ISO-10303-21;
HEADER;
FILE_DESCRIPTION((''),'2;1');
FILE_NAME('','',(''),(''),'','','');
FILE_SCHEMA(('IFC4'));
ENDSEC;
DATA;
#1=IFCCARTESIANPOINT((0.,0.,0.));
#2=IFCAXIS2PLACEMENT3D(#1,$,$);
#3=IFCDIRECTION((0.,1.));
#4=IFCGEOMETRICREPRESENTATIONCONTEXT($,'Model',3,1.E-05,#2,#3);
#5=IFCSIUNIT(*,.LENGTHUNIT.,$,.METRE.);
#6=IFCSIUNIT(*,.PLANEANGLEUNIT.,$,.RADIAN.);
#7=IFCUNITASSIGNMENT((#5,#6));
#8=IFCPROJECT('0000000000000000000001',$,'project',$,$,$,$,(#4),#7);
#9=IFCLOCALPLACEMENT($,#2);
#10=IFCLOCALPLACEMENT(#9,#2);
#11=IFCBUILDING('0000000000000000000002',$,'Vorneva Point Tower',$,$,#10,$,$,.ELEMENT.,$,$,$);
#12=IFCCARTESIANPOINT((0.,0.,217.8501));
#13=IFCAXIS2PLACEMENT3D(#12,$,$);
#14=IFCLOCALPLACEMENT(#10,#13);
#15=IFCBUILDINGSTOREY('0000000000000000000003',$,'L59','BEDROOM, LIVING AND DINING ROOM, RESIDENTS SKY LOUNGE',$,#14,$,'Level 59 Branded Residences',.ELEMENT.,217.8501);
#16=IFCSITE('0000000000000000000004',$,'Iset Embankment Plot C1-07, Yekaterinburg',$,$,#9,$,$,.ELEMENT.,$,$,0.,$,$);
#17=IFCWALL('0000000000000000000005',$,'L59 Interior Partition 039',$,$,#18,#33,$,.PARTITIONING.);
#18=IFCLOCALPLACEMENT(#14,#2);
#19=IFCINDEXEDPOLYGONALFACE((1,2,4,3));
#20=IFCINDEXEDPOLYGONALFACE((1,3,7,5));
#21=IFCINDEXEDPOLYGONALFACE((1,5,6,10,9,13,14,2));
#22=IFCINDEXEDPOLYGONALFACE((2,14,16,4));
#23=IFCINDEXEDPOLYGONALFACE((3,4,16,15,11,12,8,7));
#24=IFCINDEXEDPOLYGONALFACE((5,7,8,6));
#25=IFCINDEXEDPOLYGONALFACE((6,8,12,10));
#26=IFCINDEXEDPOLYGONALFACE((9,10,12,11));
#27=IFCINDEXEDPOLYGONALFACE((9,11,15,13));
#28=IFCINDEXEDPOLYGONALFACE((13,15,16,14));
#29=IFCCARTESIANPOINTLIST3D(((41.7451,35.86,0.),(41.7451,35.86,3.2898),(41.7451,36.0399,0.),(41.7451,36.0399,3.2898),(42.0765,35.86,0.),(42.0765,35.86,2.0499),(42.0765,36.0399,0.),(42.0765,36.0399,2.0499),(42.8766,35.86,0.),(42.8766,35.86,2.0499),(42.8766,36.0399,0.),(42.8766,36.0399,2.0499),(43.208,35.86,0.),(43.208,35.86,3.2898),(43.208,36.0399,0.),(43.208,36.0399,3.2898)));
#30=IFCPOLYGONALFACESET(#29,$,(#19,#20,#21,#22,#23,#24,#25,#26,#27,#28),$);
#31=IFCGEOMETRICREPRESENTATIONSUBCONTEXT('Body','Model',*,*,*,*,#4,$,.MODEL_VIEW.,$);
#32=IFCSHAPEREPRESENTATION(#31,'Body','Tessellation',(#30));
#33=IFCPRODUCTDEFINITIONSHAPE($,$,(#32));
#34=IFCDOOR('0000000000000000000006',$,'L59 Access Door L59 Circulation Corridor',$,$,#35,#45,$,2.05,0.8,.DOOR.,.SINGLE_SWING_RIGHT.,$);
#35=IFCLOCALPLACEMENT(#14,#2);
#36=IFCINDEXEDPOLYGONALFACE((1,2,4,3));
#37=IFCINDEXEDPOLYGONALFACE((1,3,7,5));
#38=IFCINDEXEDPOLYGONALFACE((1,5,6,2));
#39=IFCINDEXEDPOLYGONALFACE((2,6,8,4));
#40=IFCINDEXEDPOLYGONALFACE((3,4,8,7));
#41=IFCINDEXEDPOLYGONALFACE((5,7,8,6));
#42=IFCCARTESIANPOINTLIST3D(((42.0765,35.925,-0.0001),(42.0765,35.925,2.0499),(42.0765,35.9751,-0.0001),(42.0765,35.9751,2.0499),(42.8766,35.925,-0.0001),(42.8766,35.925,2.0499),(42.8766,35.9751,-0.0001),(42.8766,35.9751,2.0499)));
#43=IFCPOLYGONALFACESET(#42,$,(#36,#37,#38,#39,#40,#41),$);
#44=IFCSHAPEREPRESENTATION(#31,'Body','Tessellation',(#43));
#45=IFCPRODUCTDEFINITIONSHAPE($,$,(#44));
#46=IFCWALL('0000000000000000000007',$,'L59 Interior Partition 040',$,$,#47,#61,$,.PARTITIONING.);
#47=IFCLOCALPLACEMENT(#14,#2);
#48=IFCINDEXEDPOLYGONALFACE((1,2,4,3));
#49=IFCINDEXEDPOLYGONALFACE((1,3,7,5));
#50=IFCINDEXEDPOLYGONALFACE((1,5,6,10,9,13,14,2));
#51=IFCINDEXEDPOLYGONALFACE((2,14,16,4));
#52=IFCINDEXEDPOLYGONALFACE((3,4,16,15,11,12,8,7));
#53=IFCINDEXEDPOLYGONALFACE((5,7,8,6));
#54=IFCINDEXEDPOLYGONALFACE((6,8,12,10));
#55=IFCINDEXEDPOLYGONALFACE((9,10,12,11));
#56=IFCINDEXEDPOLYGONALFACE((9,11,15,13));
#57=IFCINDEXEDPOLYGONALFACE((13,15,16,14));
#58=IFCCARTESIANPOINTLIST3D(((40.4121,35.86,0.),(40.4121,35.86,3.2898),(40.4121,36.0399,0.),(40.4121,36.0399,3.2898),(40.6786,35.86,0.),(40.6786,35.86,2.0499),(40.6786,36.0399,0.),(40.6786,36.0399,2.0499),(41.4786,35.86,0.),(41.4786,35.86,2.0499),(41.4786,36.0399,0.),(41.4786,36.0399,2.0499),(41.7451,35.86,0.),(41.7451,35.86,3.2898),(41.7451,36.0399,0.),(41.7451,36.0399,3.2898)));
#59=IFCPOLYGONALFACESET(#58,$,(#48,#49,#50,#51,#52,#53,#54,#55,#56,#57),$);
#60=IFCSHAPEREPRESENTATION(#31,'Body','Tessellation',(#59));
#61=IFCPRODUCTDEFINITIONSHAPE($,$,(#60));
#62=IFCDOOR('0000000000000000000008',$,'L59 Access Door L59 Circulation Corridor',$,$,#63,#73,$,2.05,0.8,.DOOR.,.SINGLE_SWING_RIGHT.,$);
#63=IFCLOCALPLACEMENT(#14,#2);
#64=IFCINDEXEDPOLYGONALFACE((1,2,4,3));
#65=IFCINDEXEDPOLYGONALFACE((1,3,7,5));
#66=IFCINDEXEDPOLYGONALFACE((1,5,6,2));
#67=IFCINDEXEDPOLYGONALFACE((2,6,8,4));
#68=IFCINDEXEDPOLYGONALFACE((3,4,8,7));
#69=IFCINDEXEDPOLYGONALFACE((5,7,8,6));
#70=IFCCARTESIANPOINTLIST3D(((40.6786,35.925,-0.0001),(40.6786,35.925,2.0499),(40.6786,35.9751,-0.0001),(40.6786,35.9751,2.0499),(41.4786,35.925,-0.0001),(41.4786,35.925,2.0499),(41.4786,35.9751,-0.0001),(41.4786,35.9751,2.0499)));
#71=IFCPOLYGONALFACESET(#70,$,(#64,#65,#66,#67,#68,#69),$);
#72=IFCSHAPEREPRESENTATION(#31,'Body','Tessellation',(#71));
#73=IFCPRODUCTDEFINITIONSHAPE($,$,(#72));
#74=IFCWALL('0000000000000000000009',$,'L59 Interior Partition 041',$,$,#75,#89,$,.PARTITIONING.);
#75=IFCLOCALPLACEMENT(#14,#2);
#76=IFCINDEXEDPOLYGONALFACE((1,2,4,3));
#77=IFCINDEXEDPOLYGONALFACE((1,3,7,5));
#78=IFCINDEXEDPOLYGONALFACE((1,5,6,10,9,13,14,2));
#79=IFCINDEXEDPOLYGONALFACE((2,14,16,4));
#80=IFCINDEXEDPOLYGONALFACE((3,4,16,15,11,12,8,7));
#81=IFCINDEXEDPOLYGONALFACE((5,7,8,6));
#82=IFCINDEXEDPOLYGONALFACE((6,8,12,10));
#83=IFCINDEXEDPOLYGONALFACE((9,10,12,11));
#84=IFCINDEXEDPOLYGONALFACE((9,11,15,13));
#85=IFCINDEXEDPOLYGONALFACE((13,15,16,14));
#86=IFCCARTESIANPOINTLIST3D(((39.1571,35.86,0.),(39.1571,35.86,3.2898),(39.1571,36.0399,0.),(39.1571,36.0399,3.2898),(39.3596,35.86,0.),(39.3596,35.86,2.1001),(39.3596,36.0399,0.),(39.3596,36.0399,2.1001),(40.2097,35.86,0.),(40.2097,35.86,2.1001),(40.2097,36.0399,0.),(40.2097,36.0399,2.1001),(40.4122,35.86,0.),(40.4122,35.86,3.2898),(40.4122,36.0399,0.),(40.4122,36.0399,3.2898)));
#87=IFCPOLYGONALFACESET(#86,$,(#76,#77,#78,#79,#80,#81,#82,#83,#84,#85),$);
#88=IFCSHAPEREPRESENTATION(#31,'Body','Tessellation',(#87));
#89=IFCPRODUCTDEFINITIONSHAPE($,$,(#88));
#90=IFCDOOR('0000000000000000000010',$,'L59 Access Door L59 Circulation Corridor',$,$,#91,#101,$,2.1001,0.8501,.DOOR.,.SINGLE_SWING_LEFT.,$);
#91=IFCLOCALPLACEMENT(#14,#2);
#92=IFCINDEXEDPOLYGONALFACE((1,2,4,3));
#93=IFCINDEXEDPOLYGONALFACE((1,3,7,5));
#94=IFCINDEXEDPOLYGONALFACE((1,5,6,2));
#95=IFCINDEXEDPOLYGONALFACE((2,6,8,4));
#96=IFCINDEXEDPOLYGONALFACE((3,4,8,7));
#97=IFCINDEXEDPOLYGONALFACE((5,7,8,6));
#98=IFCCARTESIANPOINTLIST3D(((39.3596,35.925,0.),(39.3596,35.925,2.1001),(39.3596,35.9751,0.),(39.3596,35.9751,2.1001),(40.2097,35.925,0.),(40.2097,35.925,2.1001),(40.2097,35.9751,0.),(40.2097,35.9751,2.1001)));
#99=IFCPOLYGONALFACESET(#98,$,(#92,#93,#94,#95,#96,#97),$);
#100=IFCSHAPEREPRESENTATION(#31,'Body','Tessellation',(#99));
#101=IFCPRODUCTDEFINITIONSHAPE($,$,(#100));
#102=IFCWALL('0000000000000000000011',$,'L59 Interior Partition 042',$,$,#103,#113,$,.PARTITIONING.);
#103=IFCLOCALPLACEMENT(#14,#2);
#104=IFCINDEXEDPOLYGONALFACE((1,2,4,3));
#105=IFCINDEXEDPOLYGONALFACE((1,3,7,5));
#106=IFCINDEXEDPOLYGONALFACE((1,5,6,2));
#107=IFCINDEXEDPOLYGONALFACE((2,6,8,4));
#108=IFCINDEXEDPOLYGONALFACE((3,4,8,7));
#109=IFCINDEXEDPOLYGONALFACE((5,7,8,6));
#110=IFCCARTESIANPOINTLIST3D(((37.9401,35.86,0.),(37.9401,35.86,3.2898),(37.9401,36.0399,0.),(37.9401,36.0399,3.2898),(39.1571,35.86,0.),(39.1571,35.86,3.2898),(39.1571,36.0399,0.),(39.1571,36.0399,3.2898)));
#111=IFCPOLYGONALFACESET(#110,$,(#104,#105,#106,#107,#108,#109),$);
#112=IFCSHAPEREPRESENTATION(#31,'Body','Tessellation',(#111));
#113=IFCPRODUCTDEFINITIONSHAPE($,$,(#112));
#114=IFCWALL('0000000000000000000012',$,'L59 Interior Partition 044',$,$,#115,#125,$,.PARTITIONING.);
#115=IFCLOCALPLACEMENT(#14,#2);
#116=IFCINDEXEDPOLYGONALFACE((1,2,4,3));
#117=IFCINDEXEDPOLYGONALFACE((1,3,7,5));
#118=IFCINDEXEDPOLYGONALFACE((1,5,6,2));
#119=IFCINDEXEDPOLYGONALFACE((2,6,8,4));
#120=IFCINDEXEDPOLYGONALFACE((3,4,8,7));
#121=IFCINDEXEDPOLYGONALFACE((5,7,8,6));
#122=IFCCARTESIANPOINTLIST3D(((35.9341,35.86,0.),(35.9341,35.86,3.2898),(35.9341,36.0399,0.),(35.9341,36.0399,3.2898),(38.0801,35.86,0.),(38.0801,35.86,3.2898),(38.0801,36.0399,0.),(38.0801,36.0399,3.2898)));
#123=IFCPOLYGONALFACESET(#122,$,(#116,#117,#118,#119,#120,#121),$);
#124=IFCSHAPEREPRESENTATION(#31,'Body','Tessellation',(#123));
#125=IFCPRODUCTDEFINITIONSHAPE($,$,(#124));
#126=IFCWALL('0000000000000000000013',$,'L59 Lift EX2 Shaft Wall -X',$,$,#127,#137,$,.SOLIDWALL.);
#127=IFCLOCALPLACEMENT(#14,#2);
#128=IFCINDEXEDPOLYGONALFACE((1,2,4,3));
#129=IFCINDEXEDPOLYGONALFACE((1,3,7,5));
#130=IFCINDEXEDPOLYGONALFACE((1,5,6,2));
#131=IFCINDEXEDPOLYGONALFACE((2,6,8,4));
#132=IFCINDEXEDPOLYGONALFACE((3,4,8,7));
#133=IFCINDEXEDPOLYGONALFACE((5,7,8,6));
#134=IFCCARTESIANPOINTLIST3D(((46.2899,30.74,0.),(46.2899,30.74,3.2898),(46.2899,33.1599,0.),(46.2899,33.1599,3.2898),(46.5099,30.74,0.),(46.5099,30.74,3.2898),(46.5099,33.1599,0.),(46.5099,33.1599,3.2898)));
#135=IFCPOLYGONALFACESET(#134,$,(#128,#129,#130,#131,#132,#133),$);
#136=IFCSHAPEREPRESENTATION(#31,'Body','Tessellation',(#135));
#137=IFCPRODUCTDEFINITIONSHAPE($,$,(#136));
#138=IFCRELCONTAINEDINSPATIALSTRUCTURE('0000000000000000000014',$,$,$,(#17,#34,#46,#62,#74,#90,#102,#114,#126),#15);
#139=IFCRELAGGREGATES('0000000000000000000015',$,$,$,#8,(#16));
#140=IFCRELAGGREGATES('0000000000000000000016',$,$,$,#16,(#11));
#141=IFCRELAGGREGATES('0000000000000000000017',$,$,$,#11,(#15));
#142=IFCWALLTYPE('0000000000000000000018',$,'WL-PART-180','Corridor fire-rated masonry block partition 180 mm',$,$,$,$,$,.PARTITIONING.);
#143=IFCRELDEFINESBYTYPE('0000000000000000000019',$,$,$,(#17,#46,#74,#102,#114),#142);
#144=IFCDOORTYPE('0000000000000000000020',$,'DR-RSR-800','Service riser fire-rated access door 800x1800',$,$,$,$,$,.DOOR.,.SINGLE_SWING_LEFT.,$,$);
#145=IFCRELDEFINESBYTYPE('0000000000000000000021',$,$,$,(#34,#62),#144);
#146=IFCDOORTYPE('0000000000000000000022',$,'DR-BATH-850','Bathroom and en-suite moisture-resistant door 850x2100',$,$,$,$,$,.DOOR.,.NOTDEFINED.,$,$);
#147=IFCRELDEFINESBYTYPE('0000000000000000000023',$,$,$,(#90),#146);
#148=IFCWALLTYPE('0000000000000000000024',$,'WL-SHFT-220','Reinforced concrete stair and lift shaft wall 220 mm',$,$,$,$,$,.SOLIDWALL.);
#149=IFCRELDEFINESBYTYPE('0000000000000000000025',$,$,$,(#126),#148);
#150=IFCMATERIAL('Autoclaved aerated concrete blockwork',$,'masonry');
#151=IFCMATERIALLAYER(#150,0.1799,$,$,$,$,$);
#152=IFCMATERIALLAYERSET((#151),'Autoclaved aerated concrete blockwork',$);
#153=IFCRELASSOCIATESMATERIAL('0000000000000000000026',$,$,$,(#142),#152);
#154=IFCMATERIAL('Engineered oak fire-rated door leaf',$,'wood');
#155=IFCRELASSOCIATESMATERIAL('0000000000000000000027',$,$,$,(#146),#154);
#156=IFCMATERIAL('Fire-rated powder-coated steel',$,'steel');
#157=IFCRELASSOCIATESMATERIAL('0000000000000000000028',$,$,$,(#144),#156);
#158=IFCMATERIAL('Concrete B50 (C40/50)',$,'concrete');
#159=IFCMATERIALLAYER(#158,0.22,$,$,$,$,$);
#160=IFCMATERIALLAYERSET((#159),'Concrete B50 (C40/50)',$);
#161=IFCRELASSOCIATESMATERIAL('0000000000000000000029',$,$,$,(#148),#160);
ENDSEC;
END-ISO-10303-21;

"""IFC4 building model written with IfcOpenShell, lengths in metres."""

from ifc_helpers import new_model, si_unit, direction, frame, frame_2d, origin, place, context, subcontext, project, spatial, rectangle, extrude, material, layer, layer_set, type_object, element, fill, save


model = new_model("IFC4")

# Units and contexts
model_context = context("Model", 3, precision=1e-05, world=origin(), true_north=direction((0.0, 1.0)))
body_context = subcontext(model_context, "Body", "Model", "MODEL_VIEW")
ifc_project = project(units=[si_unit("LENGTHUNIT", "METRE"), si_unit("PLANEANGLEUNIT", "RADIAN")], contexts=[model_context])

# Site, building, storey
site_placement = place(None, origin())
site = spatial("IfcSite", under=ifc_project, at=site_placement, Name="Iset Embankment Plot C1-07, Yekaterinburg", CompositionType="ELEMENT", RefElevation=0.0)
building_placement = place(site_placement, origin())
building = spatial("IfcBuilding", under=site, at=building_placement, Name="Vorneva Point Tower", CompositionType="ELEMENT")
storey_placement = place(building_placement, frame((0.0, 0.0, 217.8501)))
storey = spatial("IfcBuildingStorey", under=building, at=storey_placement, Name="L59", Description="BEDROOM, LIVING AND DINING ROOM, RESIDENTS SKY LOUNGE", LongName="Level 59 Branded Residences", CompositionType="ELEMENT", Elevation=217.8501)

# Shared definitions
ifc_material_1 = material(Name="Autoclaved aerated concrete blockwork", Category="masonry")
ifc_layer_1 = layer(ifc_material_1, 0.1799)
ifc_layer_set_1 = layer_set([ifc_layer_1], Name="Autoclaved aerated concrete blockwork")
wall_type_1 = type_object("IfcWallType", Name="WL-PART-180", Description="Corridor fire-rated masonry block partition 180 mm", PredefinedType="PARTITIONING", material=ifc_layer_set_1)
ifc_material_2 = material(Name="Engineered oak fire-rated door leaf", Category="wood")
door_type_1 = type_object("IfcDoorType", Name="DR-BATH-850", Description="Bathroom and en-suite moisture-resistant door 850x2100", OperationType="NOTDEFINED", PredefinedType="DOOR", material=ifc_material_2)

# Walls, openings, doors
wall_1_placement = place(storey_placement, frame((43.208, 35.95, 0.0), z_axis=(0.0, 0.0, 1.0), x_axis=(-1.0, 0.0, 0.0)))
wall_1 = element("IfcWall", 1, at=wall_1_placement, inside=storey, type_object=wall_type_1, Name="L59 Interior Partition 039", PredefinedType="PARTITIONING", context=body_context, shape_type="SweptSolid", body=[
    extrude(rectangle(XDim=1.4629, YDim=0.1799, at=frame_2d((0.7314, 0.0))), origin(), (0.0, 0.0, 1.0), 3.2898),
])
opening_1_placement = place(wall_1_placement, frame((0.3315, 0.0, 0.0)))
opening_1 = element("IfcOpeningElement", 2, at=opening_1_placement, cuts=wall_1, PredefinedType="OPENING", context=body_context, shape_type="SweptSolid", body=[
    extrude(rectangle(XDim=0.8, YDim=2.05, at=frame_2d((0.3999, 1.0249))), frame((0.0, 0.105, 0.0), z_axis=(0.0, -1.0, 0.0), x_axis=(1.0, 0.0, 0.0)), (0.0, 0.0, 1.0), 0.2097),
])
ifc_material_3 = material(Name="Fire-rated powder-coated steel", Category="steel")
door_type_2 = type_object("IfcDoorType", Name="DR-RSR-800", Description="Service riser fire-rated access door 800x1800", OperationType="SINGLE_SWING_LEFT", PredefinedType="DOOR", material=ifc_material_3)
door_1_placement = place(opening_1_placement, origin())
door_1 = element("IfcDoor", 3, at=door_1_placement, inside=storey, type_object=door_type_2, Name="L59 Access Door L59 Circulation Corridor", OperationType="SINGLE_SWING_RIGHT", OverallHeight=2.05, OverallWidth=0.8, PredefinedType="DOOR", context=body_context, shape_type="SweptSolid", body=[
    extrude(rectangle(XDim=0.8, YDim=2.05, at=frame_2d((0.3999, 1.0249))), frame((0.0, 0.0249, 0.0), z_axis=(0.0, -1.0, 0.0), x_axis=(1.0, 0.0, 0.0)), (0.0, 0.0, 1.0), 0.05),
])
fill(opening_1, door_1)
wall_2_placement = place(storey_placement, frame((41.7451, 35.95, 0.0), z_axis=(0.0, 0.0, 1.0), x_axis=(-1.0, 0.0, 0.0)))
wall_2 = element("IfcWall", 4, at=wall_2_placement, inside=storey, type_object=wall_type_1, Name="L59 Interior Partition 040", PredefinedType="PARTITIONING", context=body_context, shape_type="SweptSolid", body=[
    extrude(rectangle(XDim=1.333, YDim=0.1799, at=frame_2d((0.6665, 0.0))), origin(), (0.0, 0.0, 1.0), 3.2898),
])
opening_2_placement = place(wall_2_placement, frame((0.2666, 0.0, 0.0)))
opening_2 = element("IfcOpeningElement", 5, at=opening_2_placement, cuts=wall_2, PredefinedType="OPENING", context=body_context, shape_type="SweptSolid", body=[
    extrude(rectangle(XDim=0.8, YDim=2.05, at=frame_2d((0.3999, 1.0249))), frame((0.0, 0.105, 0.0), z_axis=(0.0, -1.0, 0.0), x_axis=(1.0, 0.0, 0.0)), (0.0, 0.0, 1.0), 0.2097),
])
door_2_placement = place(opening_2_placement, origin())
door_2 = element("IfcDoor", 6, at=door_2_placement, inside=storey, type_object=door_type_2, Name="L59 Access Door L59 Circulation Corridor", OperationType="SINGLE_SWING_RIGHT", OverallHeight=2.05, OverallWidth=0.8, PredefinedType="DOOR", context=body_context, shape_type="SweptSolid", body=[
    extrude(rectangle(XDim=0.8, YDim=2.05, at=frame_2d((0.3999, 1.0249))), frame((0.0, 0.0249, 0.0), z_axis=(0.0, -1.0, 0.0), x_axis=(1.0, 0.0, 0.0)), (0.0, 0.0, 1.0), 0.05),
])
fill(opening_2, door_2)
wall_3_placement = place(storey_placement, frame((40.4121, 35.95, 0.0), z_axis=(0.0, 0.0, 1.0), x_axis=(-1.0, 0.0, 0.0)))
wall_3 = element("IfcWall", 7, at=wall_3_placement, inside=storey, type_object=wall_type_1, Name="L59 Interior Partition 041", PredefinedType="PARTITIONING", context=body_context, shape_type="SweptSolid", body=[
    extrude(rectangle(XDim=1.2551, YDim=0.1799, at=frame_2d((0.6274, 0.0))), origin(), (0.0, 0.0, 1.0), 3.2898),
])
opening_3_placement = place(wall_3_placement, frame((0.2024, 0.0, 0.0)))
opening_3 = element("IfcOpeningElement", 8, at=opening_3_placement, cuts=wall_3, PredefinedType="OPENING", context=body_context, shape_type="SweptSolid", body=[
    extrude(rectangle(XDim=0.8501, YDim=2.1001, at=frame_2d((0.425, 1.05))), frame((0.0, 0.105, 0.0), z_axis=(0.0, -1.0, 0.0), x_axis=(1.0, 0.0, 0.0)), (0.0, 0.0, 1.0), 0.2097),
])
door_3_placement = place(opening_3_placement, origin())
door_3 = element("IfcDoor", 9, at=door_3_placement, inside=storey, type_object=door_type_1, Name="L59 Access Door L59 Circulation Corridor", OperationType="SINGLE_SWING_LEFT", OverallHeight=2.1001, OverallWidth=0.8501, PredefinedType="DOOR", context=body_context, shape_type="SweptSolid", body=[
    extrude(rectangle(XDim=0.8501, YDim=2.1001, at=frame_2d((0.425, 1.05))), frame((0.0, 0.0249, 0.0), z_axis=(0.0, -1.0, 0.0), x_axis=(1.0, 0.0, 0.0)), (0.0, 0.0, 1.0), 0.05),
])
fill(opening_3, door_3)

# Walls
wall_4_placement = place(storey_placement, frame((39.157, 35.95, 0.0), z_axis=(0.0, 0.0, 1.0), x_axis=(-1.0, 0.0, 0.0)))
element("IfcWall", 10, at=wall_4_placement, inside=storey, type_object=wall_type_1, Name="L59 Interior Partition 042", PredefinedType="PARTITIONING", context=body_context, shape_type="SweptSolid", body=[
    extrude(rectangle(XDim=1.217, YDim=0.1799, at=frame_2d((0.6084, 0.0))), origin(), (0.0, 0.0, 1.0), 3.2898),
])
wall_5_placement = place(storey_placement, frame((38.0801, 35.95, 0.0), z_axis=(0.0, 0.0, 1.0), x_axis=(-1.0, 0.0, 0.0)))
element("IfcWall", 11, at=wall_5_placement, inside=storey, type_object=wall_type_1, Name="L59 Interior Partition 044", PredefinedType="PARTITIONING", context=body_context, shape_type="SweptSolid", body=[
    extrude(rectangle(XDim=2.146, YDim=0.1799, at=frame_2d((1.073, 0.0))), origin(), (0.0, 0.0, 1.0), 3.2898),
])
ifc_material_4 = material(Name="Concrete B50 (C40/50)", Category="concrete")
ifc_layer_2 = layer(ifc_material_4, 0.22)
ifc_layer_set_2 = layer_set([ifc_layer_2], Name="Concrete B50 (C40/50)")
wall_type_2 = type_object("IfcWallType", Name="WL-SHFT-220", Description="Reinforced concrete stair and lift shaft wall 220 mm", PredefinedType="SOLIDWALL", material=ifc_layer_set_2)
wall_6_placement = place(storey_placement, frame((46.3999, 33.1599, 0.0), z_axis=(0.0, 0.0, 1.0), x_axis=(0.0, -1.0, 0.0)))
element("IfcWall", 12, at=wall_6_placement, inside=storey, type_object=wall_type_2, Name="L59 Lift EX2 Shaft Wall -X", PredefinedType="SOLIDWALL", context=body_context, shape_type="SweptSolid", body=[
    extrude(rectangle(XDim=2.4199, YDim=0.22, at=frame_2d((1.21, 0.0))), origin(), (0.0, 0.0, 1.0), 3.2898),
])

save(model, "model.ifc")
